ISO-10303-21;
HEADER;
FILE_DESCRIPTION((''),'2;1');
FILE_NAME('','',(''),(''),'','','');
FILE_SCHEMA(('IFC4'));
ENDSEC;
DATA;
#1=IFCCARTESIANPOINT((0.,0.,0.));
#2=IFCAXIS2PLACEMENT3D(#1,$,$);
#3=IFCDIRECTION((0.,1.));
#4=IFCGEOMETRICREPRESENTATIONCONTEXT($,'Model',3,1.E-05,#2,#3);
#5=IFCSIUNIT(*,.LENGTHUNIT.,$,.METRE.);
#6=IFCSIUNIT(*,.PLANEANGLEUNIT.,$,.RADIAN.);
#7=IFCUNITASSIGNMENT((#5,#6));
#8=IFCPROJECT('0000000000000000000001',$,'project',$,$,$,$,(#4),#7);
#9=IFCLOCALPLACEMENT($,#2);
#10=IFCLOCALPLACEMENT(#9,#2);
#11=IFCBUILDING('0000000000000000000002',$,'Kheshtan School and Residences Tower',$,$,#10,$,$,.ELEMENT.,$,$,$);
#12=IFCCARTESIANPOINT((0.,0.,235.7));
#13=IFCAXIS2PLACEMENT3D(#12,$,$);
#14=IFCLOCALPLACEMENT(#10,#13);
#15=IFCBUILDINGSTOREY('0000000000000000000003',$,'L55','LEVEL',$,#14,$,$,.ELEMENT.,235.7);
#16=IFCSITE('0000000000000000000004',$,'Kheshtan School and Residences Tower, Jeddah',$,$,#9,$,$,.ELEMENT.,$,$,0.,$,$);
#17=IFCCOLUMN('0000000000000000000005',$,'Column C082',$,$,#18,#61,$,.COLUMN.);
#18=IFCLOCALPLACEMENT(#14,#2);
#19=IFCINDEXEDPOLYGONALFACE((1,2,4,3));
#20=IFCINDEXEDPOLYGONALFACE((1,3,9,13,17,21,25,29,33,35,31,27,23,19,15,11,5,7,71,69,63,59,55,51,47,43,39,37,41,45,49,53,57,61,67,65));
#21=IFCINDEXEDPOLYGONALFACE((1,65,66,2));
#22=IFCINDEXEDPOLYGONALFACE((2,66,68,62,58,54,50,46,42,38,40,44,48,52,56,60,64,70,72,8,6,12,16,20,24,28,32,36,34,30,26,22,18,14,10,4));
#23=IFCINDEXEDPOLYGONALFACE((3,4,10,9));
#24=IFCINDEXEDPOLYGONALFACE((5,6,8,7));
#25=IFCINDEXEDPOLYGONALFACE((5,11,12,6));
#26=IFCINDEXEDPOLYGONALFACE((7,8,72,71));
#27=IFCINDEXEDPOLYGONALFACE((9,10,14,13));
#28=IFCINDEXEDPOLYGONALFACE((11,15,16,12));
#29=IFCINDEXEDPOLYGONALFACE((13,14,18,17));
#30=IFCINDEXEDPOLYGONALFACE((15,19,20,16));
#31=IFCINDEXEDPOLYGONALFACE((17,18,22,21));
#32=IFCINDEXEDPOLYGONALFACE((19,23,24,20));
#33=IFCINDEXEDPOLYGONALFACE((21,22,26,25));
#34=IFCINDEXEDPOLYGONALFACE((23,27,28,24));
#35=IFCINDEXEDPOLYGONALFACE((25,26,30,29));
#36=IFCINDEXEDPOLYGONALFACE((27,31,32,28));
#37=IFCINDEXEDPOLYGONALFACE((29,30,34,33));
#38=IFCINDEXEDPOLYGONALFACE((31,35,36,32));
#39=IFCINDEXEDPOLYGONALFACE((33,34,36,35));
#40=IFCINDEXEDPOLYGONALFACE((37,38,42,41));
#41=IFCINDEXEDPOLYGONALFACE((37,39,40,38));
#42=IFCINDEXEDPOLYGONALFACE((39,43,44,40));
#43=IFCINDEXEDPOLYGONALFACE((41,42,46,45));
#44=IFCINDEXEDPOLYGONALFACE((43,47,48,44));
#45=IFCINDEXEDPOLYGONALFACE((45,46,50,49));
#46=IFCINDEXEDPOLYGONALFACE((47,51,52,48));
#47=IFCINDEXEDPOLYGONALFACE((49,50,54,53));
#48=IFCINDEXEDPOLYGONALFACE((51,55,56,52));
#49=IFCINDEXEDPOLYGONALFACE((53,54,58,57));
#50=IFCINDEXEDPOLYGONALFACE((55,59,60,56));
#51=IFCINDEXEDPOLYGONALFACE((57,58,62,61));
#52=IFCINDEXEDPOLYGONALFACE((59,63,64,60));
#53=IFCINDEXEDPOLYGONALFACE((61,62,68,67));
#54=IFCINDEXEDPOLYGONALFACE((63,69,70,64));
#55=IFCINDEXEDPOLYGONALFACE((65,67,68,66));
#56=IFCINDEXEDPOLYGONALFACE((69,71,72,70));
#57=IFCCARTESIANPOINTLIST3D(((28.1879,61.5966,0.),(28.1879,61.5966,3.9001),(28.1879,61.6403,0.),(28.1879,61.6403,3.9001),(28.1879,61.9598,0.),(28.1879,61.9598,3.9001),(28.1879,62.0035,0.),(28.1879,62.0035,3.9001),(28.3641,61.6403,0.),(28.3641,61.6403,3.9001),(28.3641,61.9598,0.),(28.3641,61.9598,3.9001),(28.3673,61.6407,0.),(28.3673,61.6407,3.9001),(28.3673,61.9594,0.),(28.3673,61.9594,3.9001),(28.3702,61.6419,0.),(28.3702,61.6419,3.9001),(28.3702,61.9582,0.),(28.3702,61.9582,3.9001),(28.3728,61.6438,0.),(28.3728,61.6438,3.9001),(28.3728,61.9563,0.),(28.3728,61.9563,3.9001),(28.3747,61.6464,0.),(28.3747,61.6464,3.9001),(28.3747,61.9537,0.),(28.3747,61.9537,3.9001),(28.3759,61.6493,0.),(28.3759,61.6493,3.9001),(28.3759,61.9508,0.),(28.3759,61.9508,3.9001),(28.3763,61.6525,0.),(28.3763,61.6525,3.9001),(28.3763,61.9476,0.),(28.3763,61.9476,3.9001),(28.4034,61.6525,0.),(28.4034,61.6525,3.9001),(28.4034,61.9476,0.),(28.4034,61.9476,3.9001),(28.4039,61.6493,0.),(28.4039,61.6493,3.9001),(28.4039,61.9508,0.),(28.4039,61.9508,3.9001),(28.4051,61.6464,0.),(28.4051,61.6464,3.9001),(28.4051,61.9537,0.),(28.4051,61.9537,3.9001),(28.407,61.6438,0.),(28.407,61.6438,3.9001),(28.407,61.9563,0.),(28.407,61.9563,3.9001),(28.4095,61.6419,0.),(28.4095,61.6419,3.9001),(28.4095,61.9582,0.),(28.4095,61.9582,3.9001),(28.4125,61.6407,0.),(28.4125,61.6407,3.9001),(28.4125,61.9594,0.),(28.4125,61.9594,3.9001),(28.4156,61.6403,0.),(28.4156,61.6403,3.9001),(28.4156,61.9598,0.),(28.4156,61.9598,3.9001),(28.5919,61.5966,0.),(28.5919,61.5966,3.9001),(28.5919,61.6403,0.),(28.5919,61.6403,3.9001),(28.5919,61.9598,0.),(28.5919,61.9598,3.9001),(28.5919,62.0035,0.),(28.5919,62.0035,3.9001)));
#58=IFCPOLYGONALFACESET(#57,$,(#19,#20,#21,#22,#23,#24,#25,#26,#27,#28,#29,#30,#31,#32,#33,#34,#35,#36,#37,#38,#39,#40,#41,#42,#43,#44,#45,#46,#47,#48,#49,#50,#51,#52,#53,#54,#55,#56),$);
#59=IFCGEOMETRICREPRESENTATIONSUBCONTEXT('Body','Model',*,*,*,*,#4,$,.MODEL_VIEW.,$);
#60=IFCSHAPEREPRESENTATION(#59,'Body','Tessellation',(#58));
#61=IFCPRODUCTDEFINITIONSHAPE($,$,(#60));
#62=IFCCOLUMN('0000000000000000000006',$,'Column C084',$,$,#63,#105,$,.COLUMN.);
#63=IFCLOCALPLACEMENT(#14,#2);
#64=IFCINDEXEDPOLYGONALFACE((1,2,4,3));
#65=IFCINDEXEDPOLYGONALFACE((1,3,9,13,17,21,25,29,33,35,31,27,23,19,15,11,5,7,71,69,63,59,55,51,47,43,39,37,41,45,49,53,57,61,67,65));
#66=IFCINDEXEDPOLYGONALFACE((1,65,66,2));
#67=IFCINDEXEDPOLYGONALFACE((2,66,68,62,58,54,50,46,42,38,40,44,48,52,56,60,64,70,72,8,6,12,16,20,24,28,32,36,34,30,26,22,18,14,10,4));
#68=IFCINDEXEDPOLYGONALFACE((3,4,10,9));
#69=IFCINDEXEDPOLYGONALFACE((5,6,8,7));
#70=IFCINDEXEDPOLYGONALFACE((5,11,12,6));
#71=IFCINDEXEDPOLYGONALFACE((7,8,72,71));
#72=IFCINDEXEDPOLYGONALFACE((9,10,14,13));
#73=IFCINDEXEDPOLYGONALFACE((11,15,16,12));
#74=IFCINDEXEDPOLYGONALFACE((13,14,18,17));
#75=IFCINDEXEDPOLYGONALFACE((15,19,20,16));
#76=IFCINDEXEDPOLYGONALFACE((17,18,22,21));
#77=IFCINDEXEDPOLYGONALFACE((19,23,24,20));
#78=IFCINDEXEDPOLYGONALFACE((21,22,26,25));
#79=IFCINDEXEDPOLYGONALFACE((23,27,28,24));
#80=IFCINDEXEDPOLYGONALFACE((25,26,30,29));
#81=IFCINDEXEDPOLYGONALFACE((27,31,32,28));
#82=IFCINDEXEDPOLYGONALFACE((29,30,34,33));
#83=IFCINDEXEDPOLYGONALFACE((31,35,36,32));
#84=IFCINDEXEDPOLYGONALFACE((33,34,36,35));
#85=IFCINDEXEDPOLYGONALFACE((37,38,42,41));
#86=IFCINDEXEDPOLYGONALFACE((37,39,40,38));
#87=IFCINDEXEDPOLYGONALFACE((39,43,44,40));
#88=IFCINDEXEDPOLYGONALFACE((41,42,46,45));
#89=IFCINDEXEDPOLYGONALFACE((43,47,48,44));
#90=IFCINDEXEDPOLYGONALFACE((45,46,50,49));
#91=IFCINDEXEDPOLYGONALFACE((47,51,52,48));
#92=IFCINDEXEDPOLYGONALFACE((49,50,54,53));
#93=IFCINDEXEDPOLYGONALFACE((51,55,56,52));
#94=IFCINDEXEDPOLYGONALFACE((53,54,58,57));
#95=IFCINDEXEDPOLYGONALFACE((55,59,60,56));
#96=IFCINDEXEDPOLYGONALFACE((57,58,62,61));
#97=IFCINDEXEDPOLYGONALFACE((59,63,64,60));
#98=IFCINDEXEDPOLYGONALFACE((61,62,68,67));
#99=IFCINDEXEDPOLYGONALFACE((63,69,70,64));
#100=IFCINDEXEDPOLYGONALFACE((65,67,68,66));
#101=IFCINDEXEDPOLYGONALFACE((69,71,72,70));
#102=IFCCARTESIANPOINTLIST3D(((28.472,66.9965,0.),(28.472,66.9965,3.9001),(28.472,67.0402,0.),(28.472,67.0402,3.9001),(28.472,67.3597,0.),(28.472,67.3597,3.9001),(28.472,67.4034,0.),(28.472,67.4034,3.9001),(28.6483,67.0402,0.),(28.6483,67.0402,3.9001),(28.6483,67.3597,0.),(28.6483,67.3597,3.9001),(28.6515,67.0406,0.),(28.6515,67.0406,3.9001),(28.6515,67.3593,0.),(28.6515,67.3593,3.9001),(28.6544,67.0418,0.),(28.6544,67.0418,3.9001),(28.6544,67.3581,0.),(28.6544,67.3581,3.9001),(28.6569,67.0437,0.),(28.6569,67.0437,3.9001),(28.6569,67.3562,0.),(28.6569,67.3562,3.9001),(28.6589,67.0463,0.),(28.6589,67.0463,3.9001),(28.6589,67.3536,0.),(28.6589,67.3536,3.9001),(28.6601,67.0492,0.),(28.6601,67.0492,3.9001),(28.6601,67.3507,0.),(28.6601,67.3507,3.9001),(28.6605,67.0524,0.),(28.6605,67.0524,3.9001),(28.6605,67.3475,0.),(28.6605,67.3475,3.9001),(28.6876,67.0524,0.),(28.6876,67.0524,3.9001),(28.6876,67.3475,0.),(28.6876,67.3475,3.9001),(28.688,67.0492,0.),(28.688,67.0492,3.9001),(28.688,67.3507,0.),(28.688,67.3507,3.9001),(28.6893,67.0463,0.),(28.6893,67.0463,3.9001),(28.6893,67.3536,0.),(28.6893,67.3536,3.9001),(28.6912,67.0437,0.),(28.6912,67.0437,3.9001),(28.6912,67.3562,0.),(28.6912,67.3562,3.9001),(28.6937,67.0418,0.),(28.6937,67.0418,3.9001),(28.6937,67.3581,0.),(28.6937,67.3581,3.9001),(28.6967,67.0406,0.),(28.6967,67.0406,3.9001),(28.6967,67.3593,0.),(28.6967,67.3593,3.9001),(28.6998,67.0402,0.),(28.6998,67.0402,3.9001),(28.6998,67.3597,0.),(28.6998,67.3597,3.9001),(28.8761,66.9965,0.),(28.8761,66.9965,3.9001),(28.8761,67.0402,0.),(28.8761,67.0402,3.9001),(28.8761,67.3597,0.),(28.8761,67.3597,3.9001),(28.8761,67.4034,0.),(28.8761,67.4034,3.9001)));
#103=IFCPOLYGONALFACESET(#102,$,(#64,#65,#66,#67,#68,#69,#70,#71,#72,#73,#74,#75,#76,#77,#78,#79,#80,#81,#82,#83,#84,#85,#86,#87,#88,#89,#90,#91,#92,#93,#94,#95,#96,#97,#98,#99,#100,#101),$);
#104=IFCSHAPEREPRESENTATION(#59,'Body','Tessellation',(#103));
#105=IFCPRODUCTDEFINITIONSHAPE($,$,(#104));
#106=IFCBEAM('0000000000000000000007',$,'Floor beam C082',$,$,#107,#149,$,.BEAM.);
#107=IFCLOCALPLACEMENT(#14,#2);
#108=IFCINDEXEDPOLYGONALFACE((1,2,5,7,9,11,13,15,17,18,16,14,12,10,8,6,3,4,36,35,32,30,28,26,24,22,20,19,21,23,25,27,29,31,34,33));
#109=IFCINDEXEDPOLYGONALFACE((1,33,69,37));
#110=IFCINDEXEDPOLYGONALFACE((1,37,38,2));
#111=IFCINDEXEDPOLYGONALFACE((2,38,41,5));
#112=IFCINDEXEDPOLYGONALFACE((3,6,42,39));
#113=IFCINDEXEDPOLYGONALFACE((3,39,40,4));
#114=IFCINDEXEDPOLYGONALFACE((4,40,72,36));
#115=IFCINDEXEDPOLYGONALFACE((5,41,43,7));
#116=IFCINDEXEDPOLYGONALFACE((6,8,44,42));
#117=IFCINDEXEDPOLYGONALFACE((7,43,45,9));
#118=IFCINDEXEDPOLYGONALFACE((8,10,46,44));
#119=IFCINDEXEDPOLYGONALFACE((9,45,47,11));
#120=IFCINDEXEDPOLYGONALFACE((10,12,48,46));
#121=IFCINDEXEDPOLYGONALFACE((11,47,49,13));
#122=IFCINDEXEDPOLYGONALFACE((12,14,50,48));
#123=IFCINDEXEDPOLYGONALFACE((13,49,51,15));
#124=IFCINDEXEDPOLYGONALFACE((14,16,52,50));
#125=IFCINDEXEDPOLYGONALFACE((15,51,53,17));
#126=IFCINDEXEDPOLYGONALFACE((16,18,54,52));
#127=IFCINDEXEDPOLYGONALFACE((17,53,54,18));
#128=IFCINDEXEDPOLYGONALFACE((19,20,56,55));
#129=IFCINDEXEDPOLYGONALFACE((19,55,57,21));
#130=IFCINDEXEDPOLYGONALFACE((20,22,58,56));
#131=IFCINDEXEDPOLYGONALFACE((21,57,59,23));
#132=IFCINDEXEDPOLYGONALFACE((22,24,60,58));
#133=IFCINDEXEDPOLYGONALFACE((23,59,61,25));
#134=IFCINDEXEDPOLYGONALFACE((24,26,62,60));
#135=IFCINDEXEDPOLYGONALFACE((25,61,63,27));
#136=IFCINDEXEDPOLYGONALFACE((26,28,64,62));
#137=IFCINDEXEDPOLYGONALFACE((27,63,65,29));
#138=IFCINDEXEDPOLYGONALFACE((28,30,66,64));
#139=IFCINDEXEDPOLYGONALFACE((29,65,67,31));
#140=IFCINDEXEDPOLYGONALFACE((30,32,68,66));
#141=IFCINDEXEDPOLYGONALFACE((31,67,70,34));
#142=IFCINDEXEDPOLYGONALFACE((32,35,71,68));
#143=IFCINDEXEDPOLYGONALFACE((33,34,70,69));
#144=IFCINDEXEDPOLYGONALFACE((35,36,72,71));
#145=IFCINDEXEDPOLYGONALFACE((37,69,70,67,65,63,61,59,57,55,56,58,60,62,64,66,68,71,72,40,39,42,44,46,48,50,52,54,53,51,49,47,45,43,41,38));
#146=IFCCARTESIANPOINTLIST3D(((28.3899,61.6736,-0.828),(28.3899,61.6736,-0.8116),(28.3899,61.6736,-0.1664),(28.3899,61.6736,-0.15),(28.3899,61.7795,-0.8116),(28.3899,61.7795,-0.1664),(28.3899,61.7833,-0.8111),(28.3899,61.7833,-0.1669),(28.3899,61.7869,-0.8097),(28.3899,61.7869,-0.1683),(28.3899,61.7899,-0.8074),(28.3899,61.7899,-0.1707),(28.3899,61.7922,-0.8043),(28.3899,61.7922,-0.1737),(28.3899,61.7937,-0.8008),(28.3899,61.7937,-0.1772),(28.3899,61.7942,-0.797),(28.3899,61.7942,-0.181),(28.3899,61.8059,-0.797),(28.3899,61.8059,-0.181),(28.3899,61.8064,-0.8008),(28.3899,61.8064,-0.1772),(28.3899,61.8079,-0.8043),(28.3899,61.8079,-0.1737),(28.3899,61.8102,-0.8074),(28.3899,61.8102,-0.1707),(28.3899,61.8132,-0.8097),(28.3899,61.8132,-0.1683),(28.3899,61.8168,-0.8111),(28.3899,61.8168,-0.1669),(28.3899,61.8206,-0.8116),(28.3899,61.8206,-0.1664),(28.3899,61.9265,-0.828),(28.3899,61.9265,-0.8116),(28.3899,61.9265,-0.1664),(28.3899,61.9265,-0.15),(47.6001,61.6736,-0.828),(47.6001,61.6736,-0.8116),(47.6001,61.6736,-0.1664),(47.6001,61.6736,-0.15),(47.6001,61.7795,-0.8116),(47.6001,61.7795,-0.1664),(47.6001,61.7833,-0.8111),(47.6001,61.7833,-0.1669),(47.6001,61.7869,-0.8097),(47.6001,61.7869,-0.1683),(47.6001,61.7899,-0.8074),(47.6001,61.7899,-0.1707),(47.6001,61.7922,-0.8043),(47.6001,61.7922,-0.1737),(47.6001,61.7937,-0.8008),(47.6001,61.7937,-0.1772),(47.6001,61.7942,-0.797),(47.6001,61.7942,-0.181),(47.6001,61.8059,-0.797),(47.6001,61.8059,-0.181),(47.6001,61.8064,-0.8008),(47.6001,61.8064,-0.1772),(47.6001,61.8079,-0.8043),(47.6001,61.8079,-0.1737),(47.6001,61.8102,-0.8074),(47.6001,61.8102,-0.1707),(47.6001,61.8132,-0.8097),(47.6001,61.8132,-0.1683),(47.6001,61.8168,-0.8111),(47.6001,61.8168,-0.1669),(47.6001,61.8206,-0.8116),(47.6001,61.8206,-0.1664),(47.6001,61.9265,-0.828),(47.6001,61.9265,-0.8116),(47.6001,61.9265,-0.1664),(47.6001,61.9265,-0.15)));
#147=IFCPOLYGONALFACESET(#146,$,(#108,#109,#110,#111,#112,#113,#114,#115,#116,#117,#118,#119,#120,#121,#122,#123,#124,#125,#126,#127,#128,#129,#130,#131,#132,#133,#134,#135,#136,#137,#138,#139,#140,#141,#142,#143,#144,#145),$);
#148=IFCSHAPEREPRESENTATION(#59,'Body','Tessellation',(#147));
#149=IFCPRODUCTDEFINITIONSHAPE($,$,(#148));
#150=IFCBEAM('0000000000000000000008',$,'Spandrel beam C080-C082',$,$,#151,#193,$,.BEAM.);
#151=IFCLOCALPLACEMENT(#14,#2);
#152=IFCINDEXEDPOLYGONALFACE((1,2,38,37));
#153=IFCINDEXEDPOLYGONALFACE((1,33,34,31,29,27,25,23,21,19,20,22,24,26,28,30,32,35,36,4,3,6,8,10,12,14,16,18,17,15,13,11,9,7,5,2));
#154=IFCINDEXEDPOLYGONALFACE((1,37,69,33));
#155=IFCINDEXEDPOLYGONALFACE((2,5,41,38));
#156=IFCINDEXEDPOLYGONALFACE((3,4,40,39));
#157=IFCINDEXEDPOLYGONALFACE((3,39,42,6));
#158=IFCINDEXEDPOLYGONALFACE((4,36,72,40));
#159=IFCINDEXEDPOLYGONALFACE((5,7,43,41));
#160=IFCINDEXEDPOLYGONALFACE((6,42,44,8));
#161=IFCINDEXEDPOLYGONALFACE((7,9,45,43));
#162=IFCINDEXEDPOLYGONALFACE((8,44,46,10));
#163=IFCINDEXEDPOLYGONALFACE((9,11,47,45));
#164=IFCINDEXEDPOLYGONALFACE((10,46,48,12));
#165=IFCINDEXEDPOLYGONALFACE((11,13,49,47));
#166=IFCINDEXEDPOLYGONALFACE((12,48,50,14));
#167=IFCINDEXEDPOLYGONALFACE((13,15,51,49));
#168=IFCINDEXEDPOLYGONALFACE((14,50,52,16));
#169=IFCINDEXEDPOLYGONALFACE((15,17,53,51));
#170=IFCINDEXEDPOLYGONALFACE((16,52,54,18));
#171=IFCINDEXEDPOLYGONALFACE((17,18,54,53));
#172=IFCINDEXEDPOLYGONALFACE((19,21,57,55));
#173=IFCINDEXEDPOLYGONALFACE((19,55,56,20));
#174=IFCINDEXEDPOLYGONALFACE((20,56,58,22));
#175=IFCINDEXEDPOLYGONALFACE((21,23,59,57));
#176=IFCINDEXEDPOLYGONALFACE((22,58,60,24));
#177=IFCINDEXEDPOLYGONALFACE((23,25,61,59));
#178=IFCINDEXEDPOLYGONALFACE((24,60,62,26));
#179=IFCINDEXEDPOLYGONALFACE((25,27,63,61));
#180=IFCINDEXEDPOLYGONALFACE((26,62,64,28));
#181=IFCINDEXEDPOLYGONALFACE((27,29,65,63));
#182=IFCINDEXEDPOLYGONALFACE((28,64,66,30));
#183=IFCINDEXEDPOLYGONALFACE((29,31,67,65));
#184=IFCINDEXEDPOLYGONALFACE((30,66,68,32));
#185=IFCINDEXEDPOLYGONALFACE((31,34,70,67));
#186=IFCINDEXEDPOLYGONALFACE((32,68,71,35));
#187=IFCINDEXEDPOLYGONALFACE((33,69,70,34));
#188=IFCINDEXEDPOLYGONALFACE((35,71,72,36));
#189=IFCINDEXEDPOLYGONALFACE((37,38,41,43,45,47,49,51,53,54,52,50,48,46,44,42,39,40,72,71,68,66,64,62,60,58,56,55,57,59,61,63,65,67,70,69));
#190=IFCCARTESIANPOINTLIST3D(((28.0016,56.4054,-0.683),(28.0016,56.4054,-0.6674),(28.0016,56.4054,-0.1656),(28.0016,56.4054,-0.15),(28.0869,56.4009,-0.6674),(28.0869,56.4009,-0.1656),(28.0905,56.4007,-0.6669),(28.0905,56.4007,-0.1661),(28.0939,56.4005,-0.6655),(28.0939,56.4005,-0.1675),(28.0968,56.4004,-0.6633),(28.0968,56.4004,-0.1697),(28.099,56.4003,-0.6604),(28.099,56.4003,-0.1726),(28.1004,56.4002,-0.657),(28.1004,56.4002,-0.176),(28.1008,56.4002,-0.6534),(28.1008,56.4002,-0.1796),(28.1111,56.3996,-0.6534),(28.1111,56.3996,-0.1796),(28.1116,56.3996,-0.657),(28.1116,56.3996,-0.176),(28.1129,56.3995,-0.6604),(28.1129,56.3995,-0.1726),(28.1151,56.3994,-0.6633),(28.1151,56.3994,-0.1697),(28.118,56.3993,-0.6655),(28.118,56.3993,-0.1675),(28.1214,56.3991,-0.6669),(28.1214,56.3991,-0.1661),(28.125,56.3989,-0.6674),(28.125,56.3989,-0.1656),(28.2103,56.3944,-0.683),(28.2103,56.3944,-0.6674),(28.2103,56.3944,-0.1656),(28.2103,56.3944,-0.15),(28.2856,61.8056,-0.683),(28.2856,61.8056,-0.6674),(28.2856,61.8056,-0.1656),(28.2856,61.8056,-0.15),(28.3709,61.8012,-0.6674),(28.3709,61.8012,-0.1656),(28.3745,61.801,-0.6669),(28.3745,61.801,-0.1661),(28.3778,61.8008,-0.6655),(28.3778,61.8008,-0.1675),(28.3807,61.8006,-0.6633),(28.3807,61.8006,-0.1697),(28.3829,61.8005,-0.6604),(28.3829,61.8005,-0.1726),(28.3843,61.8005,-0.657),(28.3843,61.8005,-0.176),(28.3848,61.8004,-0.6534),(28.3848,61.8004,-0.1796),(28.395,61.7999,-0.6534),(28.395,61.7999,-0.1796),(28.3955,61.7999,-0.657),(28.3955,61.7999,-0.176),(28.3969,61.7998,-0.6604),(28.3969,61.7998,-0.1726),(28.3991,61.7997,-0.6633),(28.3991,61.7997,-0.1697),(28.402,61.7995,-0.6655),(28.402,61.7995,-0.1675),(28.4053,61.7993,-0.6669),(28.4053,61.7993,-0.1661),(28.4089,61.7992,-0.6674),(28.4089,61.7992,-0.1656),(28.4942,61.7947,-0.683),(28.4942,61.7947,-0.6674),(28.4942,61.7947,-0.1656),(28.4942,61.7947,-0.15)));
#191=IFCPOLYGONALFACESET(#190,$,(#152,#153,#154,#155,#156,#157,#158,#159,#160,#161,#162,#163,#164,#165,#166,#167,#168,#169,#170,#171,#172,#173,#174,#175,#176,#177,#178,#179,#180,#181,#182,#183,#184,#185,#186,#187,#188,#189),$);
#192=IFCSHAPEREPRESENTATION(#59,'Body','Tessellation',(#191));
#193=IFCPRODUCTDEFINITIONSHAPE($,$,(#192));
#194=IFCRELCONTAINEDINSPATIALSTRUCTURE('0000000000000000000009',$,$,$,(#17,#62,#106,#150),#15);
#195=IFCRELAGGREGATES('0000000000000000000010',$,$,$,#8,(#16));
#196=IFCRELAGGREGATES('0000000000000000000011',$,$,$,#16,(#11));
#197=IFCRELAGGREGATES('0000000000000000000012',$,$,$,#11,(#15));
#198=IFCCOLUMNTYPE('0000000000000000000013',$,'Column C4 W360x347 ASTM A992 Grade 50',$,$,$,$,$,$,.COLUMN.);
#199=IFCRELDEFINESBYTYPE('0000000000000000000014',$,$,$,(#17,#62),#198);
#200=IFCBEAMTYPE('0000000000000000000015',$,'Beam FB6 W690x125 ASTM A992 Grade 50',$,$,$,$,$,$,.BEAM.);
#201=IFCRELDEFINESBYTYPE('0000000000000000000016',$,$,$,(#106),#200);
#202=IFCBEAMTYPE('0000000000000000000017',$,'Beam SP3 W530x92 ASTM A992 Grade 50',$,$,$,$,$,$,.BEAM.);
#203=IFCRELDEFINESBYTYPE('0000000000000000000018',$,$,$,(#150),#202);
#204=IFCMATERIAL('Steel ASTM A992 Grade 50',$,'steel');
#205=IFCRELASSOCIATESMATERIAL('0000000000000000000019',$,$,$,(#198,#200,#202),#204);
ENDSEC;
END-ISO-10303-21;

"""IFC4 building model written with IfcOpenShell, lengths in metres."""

from ifc_helpers import new_model, si_unit, direction, frame, origin, origin_2d, place, context, subcontext, project, spatial, i_section, extrude, material, material_profile, profile_set, type_object, element, save


model = new_model("IFC4")

# Units and contexts
model_context = context("Model", 3, precision=1e-05, world=origin(), true_north=direction((0.0, 1.0)))
body_context = subcontext(model_context, "Body", "Model", "MODEL_VIEW")
ifc_project = project(units=[si_unit("LENGTHUNIT", "METRE"), si_unit("PLANEANGLEUNIT", "RADIAN")], contexts=[model_context])

# Site, building, storey
site_placement = place(None, origin())
site = spatial("IfcSite", under=ifc_project, at=site_placement, Name="Kheshtan School and Residences Tower, Jeddah", CompositionType="ELEMENT", RefElevation=0.0)
building_placement = place(site_placement, origin())
building = spatial("IfcBuilding", under=site, at=building_placement, Name="Kheshtan School and Residences Tower", CompositionType="ELEMENT")
storey_placement = place(building_placement, frame((0.0, 0.0, 235.7)))
storey = spatial("IfcBuildingStorey", under=building, at=storey_placement, Name="L55", Description="LEVEL", CompositionType="ELEMENT", Elevation=235.7)

# Columns
ifc_material_1 = material(Name="Steel ASTM A992 Grade 50", Category="steel")
ifc_material_profile_1 = material_profile(ifc_material_1, i_section(OverallWidth=0.4041, OverallDepth=0.407, WebThickness=0.0271, FlangeThickness=0.0437, FilletRadius=0.0122, at=origin_2d()), Name="W360x347")
ifc_profile_set_1 = profile_set([ifc_material_profile_1], Name="Steel ASTM A992 Grade 50")
column_type = type_object("IfcColumnType", Name="Column C4 W360x347 ASTM A992 Grade 50", PredefinedType="COLUMN", material=ifc_profile_set_1)
for number, where, z_axis, x_axis, name in (
    (1, (28.3899, 61.8, 0.0), (0.0, 0.0, 1.0), (1.0, 0.0, 0.0), "Column C082"),
    (2, (28.6741, 67.2, 0.0), (0.0, 0.0, 1.0), (1.0, 0.0, 0.0), "Column C084"),
):
    element("IfcColumn", number, at=place(storey_placement, frame(where, z_axis=z_axis, x_axis=x_axis)), inside=storey, type_object=column_type, Name=name, PredefinedType="COLUMN", context=body_context, shape_type="SweptSolid", body=[
        extrude(i_section(OverallWidth=0.4041, OverallDepth=0.407, WebThickness=0.0271, FlangeThickness=0.0437, FilletRadius=0.0122, at=origin_2d()), origin(), (0.0, 0.0, 1.0), 3.9001),
    ])

# Beams
ifc_material_profile_2 = material_profile(ifc_material_1, i_section(OverallWidth=0.2529, OverallDepth=0.678, WebThickness=0.0117, FlangeThickness=0.0164, FilletRadius=0.0146, at=origin_2d()), Name="W690x125")
ifc_profile_set_2 = profile_set([ifc_material_profile_2], Name="Steel ASTM A992 Grade 50")
beam_type_1 = type_object("IfcBeamType", Name="Beam FB6 W690x125 ASTM A992 Grade 50", PredefinedType="BEAM", material=ifc_profile_set_2)
beam_1_placement = place(storey_placement, frame((28.3899, 61.8, -0.489), z_axis=(1.0, 0.0, 0.0), x_axis=(0.0, 1.0, 0.0)))
element("IfcBeam", 3, at=beam_1_placement, inside=storey, type_object=beam_type_1, Name="Floor beam C082", PredefinedType="BEAM", context=body_context, shape_type="SweptSolid", body=[
    extrude(i_section(OverallWidth=0.2529, OverallDepth=0.678, WebThickness=0.0117, FlangeThickness=0.0164, FilletRadius=0.0146, at=origin_2d()), origin(), (0.0, 0.0, 1.0), 19.2102),
])
ifc_material_profile_3 = material_profile(ifc_material_1, i_section(OverallWidth=0.209, OverallDepth=0.533, WebThickness=0.0103, FlangeThickness=0.0156, FilletRadius=0.0139, at=origin_2d()), Name="W530x92")
ifc_profile_set_3 = profile_set([ifc_material_profile_3], Name="Steel ASTM A992 Grade 50")
beam_type_2 = type_object("IfcBeamType", Name="Beam SP3 W530x92 ASTM A992 Grade 50", PredefinedType="BEAM", material=ifc_profile_set_3)
beam_2_placement = place(storey_placement, frame((28.106, 56.3999, -0.4165), z_axis=(0.052507, 0.998621, 0.0), x_axis=(-0.998621, 0.052507, 0.0)))
element("IfcBeam", 4, at=beam_2_placement, inside=storey, type_object=beam_type_2, Name="Spandrel beam C080-C082", PredefinedType="BEAM", context=body_context, shape_type="SweptSolid", body=[
    extrude(i_section(OverallWidth=0.209, OverallDepth=0.533, WebThickness=0.0103, FlangeThickness=0.0156, FilletRadius=0.0139, at=origin_2d()), origin(), (0.0, 0.0, 1.0), 5.4077),
])

save(model, "model.ifc")
